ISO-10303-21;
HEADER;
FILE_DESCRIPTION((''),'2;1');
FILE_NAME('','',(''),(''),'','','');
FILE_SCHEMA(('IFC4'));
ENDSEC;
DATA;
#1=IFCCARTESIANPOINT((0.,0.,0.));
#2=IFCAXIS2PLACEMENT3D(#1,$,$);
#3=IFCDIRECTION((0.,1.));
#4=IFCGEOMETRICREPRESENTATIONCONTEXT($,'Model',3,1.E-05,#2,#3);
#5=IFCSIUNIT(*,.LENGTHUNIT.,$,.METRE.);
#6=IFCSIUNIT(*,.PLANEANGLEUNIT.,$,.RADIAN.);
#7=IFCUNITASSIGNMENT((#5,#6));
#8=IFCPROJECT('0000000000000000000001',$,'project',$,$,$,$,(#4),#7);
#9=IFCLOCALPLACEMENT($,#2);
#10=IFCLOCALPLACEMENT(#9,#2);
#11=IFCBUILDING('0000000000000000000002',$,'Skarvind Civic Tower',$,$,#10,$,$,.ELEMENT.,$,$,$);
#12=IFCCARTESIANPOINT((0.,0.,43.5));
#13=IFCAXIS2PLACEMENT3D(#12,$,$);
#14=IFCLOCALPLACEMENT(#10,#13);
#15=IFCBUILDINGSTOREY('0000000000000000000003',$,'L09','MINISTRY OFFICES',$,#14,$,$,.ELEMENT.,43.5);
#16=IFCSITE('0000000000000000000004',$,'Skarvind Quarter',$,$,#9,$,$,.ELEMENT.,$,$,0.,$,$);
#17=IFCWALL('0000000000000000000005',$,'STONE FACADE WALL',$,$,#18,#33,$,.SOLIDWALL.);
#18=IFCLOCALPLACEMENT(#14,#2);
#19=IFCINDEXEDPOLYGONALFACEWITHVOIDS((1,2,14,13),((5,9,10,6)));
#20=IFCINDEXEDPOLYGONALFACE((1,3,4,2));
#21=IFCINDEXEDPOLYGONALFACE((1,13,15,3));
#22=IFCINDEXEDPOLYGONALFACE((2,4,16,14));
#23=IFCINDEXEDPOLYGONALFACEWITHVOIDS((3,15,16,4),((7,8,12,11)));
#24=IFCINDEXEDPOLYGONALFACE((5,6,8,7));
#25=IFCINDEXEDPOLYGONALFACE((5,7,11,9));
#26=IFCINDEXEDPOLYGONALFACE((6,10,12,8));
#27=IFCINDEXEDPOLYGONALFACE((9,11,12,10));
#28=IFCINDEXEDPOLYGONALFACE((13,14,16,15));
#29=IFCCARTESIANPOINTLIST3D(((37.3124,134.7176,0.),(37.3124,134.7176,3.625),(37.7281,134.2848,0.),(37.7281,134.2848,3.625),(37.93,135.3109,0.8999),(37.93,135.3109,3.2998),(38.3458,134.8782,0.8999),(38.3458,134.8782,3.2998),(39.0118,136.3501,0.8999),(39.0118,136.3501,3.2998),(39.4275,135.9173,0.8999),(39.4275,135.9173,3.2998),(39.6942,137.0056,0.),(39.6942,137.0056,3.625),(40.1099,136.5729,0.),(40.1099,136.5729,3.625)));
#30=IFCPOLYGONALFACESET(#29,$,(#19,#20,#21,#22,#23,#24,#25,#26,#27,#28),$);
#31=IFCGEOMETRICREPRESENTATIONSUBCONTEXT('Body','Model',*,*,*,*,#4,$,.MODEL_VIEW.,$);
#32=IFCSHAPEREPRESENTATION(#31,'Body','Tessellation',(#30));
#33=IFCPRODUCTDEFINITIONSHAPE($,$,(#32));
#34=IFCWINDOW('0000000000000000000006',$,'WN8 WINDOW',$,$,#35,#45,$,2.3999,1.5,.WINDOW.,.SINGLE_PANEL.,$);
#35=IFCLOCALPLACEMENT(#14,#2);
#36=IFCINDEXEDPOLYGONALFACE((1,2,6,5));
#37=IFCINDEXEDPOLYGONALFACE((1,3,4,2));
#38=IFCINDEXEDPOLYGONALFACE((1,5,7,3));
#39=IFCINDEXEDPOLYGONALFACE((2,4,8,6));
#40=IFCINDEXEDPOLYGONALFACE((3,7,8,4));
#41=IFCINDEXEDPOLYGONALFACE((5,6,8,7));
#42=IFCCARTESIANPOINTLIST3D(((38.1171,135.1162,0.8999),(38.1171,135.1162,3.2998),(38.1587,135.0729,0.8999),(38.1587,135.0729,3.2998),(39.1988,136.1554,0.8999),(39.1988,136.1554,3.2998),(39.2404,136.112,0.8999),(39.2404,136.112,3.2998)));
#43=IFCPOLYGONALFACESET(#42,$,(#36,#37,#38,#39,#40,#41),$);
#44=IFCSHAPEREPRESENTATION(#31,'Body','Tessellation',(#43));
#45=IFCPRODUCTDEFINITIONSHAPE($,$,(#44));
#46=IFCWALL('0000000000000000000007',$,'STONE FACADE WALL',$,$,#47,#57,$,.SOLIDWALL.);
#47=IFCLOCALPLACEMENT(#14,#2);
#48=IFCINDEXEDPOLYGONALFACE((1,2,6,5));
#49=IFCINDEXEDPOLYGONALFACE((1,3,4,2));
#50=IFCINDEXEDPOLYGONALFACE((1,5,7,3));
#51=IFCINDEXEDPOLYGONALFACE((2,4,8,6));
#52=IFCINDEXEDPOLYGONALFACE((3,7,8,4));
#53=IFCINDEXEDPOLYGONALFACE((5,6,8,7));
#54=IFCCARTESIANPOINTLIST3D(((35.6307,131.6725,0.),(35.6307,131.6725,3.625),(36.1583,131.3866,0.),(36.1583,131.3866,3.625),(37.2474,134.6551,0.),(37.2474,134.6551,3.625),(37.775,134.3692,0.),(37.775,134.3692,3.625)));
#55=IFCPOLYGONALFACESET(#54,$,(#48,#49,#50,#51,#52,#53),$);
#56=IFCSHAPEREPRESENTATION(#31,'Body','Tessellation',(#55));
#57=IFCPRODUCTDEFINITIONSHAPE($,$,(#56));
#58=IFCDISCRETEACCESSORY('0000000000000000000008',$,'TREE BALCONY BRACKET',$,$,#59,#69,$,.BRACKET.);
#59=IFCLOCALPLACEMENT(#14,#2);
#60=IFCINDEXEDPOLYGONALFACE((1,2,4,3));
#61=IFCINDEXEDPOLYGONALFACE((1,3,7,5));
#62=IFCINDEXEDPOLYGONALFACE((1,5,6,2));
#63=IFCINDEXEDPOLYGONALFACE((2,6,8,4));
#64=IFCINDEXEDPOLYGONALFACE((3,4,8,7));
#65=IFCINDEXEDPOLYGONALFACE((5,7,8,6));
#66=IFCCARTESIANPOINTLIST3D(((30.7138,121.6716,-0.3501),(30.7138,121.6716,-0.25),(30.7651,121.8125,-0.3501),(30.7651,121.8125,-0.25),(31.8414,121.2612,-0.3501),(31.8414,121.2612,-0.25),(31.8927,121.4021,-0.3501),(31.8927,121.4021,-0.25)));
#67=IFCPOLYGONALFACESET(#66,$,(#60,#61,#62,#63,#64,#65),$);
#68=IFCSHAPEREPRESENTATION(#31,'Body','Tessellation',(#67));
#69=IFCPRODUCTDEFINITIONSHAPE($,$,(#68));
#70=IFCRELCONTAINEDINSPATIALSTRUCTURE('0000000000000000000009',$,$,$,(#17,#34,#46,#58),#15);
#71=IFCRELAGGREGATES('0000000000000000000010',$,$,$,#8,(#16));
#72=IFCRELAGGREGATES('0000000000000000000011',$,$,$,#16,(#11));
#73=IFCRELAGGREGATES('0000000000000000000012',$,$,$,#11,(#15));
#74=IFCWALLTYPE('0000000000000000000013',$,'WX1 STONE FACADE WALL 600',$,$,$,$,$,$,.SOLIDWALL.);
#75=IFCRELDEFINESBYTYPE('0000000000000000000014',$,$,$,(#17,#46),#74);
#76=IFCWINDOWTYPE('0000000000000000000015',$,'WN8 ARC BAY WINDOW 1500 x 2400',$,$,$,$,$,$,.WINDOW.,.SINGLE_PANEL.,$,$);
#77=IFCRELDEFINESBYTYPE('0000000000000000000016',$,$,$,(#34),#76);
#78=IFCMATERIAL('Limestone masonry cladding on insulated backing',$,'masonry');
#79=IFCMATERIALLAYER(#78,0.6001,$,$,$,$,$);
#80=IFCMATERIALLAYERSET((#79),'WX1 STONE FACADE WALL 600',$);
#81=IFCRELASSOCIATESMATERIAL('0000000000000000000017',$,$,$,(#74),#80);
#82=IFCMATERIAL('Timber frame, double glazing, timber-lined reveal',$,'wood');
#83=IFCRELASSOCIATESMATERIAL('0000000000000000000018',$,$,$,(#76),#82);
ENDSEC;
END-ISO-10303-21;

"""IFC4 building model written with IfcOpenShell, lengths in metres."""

from ifc_helpers import new_model, si_unit, direction, frame, frame_2d, origin, origin_2d, place, context, subcontext, project, spatial, rectangle, extrude, material, layer, layer_set, type_object, element, fill, save


model = new_model("IFC4")

# Units and contexts
model_context = context("Model", 3, precision=1e-05, world=origin(), true_north=direction((0.0, 1.0)))
body_context = subcontext(model_context, "Body", "Model", "MODEL_VIEW")
ifc_project = project(units=[si_unit("LENGTHUNIT", "METRE"), si_unit("PLANEANGLEUNIT", "RADIAN")], contexts=[model_context])

# Site, building, storey
site_placement = place(None, origin())
site = spatial("IfcSite", under=ifc_project, at=site_placement, Name="Skarvind Quarter", CompositionType="ELEMENT", RefElevation=0.0)
building_placement = place(site_placement, origin())
building = spatial("IfcBuilding", under=site, at=building_placement, Name="Skarvind Civic Tower", CompositionType="ELEMENT")
storey_placement = place(building_placement, frame((0.0, 0.0, 43.5)))
storey = spatial("IfcBuildingStorey", under=building, at=storey_placement, Name="L09", Description="MINISTRY OFFICES", CompositionType="ELEMENT", Elevation=43.5)

# Wall, opening, window
ifc_material_1 = material(Name="Limestone masonry cladding on insulated backing", Category="masonry")
ifc_layer_1 = layer(ifc_material_1, 0.6001)
ifc_layer_set_1 = layer_set([ifc_layer_1], Name="WX1 STONE FACADE WALL 600")
wall_type_1 = type_object("IfcWallType", Name="WX1 STONE FACADE WALL 600", PredefinedType="SOLIDWALL", material=ifc_layer_set_1)
ifc_material_2 = material(Name="Timber frame, double glazing, timber-lined reveal", Category="wood")
window_type = type_object("IfcWindowType", Name="WN8 ARC BAY WINDOW 1500 x 2400", PartitioningType="SINGLE_PANEL", PredefinedType="WINDOW", material=ifc_material_2)
wall_1_placement = place(storey_placement, frame((37.5203, 134.5012, 0.0), z_axis=(0.0, 0.0, 1.0), x_axis=(0.721157, 0.692772, 0.0)))
wall_1 = element("IfcWall", 1, at=wall_1_placement, inside=storey, type_object=wall_type_1, Name="STONE FACADE WALL", PredefinedType="SOLIDWALL", context=body_context, shape_type="SweptSolid", body=[
    extrude(rectangle(XDim=3.3027, YDim=0.6001, at=frame_2d((1.6514, 0.0))), origin(), (0.0, 0.0, 1.0), 3.625),
])
opening_1_placement = place(wall_1_placement, frame((0.8564, 0.0, 0.8999)))
opening_1 = element("IfcOpeningElement", 2, at=opening_1_placement, cuts=wall_1, PredefinedType="OPENING", context=body_context, shape_type="SweptSolid", body=[
    extrude(rectangle(XDim=1.5, YDim=2.3999, at=frame_2d((0.75, 1.2))), frame((0.0, 0.3101, 0.0), z_axis=(0.0, -1.0, 0.0), x_axis=(1.0, 0.0, 0.0)), (0.0, 0.0, 1.0), 0.6201),
])
window_1_placement = place(opening_1_placement, origin())
window_1 = element("IfcWindow", 3, at=window_1_placement, inside=storey, type_object=window_type, Name="WN8 WINDOW", OverallHeight=2.3999, OverallWidth=1.5, PartitioningType="SINGLE_PANEL", PredefinedType="WINDOW", context=body_context, shape_type="SweptSolid", body=[
    extrude(rectangle(XDim=1.5, YDim=2.3999, at=frame_2d((0.75, 1.2))), frame((0.0, 0.03, 0.0), z_axis=(0.0, -1.0, 0.0), x_axis=(1.0, 0.0, 0.0)), (0.0, 0.0, 1.0), 0.0601),
])
fill(opening_1, window_1)

# Wall
wall_2_placement = place(storey_placement, frame((35.8945, 131.5295, 0.0), z_axis=(0.0, 0.0, 1.0), x_axis=(0.476531, 0.879158, 0.0)))
element("IfcWall", 4, at=wall_2_placement, inside=storey, type_object=wall_type_1, Name="STONE FACADE WALL", PredefinedType="SOLIDWALL", context=body_context, shape_type="SweptSolid", body=[
    extrude(rectangle(XDim=3.3926, YDim=0.6001, at=frame_2d((1.6963, 0.0))), origin(), (0.0, 0.0, 1.0), 3.625),
])

# Discrete accessory
discrete_accessory_placement = place(storey_placement, frame((31.3032, 121.5369, -0.3501), z_axis=(0.0, 0.0, 1.0), x_axis=(0.34202, 0.939693, 0.0)))
element("IfcDiscreteAccessory", 5, at=discrete_accessory_placement, inside=storey, Name="TREE BALCONY BRACKET", PredefinedType="BRACKET", context=body_context, shape_type="SweptSolid", body=[
    extrude(rectangle(XDim=0.1499, YDim=1.2, at=origin_2d()), origin(), (0.0, 0.0, 1.0), 0.1001),
])

save(model, "model.ifc")
